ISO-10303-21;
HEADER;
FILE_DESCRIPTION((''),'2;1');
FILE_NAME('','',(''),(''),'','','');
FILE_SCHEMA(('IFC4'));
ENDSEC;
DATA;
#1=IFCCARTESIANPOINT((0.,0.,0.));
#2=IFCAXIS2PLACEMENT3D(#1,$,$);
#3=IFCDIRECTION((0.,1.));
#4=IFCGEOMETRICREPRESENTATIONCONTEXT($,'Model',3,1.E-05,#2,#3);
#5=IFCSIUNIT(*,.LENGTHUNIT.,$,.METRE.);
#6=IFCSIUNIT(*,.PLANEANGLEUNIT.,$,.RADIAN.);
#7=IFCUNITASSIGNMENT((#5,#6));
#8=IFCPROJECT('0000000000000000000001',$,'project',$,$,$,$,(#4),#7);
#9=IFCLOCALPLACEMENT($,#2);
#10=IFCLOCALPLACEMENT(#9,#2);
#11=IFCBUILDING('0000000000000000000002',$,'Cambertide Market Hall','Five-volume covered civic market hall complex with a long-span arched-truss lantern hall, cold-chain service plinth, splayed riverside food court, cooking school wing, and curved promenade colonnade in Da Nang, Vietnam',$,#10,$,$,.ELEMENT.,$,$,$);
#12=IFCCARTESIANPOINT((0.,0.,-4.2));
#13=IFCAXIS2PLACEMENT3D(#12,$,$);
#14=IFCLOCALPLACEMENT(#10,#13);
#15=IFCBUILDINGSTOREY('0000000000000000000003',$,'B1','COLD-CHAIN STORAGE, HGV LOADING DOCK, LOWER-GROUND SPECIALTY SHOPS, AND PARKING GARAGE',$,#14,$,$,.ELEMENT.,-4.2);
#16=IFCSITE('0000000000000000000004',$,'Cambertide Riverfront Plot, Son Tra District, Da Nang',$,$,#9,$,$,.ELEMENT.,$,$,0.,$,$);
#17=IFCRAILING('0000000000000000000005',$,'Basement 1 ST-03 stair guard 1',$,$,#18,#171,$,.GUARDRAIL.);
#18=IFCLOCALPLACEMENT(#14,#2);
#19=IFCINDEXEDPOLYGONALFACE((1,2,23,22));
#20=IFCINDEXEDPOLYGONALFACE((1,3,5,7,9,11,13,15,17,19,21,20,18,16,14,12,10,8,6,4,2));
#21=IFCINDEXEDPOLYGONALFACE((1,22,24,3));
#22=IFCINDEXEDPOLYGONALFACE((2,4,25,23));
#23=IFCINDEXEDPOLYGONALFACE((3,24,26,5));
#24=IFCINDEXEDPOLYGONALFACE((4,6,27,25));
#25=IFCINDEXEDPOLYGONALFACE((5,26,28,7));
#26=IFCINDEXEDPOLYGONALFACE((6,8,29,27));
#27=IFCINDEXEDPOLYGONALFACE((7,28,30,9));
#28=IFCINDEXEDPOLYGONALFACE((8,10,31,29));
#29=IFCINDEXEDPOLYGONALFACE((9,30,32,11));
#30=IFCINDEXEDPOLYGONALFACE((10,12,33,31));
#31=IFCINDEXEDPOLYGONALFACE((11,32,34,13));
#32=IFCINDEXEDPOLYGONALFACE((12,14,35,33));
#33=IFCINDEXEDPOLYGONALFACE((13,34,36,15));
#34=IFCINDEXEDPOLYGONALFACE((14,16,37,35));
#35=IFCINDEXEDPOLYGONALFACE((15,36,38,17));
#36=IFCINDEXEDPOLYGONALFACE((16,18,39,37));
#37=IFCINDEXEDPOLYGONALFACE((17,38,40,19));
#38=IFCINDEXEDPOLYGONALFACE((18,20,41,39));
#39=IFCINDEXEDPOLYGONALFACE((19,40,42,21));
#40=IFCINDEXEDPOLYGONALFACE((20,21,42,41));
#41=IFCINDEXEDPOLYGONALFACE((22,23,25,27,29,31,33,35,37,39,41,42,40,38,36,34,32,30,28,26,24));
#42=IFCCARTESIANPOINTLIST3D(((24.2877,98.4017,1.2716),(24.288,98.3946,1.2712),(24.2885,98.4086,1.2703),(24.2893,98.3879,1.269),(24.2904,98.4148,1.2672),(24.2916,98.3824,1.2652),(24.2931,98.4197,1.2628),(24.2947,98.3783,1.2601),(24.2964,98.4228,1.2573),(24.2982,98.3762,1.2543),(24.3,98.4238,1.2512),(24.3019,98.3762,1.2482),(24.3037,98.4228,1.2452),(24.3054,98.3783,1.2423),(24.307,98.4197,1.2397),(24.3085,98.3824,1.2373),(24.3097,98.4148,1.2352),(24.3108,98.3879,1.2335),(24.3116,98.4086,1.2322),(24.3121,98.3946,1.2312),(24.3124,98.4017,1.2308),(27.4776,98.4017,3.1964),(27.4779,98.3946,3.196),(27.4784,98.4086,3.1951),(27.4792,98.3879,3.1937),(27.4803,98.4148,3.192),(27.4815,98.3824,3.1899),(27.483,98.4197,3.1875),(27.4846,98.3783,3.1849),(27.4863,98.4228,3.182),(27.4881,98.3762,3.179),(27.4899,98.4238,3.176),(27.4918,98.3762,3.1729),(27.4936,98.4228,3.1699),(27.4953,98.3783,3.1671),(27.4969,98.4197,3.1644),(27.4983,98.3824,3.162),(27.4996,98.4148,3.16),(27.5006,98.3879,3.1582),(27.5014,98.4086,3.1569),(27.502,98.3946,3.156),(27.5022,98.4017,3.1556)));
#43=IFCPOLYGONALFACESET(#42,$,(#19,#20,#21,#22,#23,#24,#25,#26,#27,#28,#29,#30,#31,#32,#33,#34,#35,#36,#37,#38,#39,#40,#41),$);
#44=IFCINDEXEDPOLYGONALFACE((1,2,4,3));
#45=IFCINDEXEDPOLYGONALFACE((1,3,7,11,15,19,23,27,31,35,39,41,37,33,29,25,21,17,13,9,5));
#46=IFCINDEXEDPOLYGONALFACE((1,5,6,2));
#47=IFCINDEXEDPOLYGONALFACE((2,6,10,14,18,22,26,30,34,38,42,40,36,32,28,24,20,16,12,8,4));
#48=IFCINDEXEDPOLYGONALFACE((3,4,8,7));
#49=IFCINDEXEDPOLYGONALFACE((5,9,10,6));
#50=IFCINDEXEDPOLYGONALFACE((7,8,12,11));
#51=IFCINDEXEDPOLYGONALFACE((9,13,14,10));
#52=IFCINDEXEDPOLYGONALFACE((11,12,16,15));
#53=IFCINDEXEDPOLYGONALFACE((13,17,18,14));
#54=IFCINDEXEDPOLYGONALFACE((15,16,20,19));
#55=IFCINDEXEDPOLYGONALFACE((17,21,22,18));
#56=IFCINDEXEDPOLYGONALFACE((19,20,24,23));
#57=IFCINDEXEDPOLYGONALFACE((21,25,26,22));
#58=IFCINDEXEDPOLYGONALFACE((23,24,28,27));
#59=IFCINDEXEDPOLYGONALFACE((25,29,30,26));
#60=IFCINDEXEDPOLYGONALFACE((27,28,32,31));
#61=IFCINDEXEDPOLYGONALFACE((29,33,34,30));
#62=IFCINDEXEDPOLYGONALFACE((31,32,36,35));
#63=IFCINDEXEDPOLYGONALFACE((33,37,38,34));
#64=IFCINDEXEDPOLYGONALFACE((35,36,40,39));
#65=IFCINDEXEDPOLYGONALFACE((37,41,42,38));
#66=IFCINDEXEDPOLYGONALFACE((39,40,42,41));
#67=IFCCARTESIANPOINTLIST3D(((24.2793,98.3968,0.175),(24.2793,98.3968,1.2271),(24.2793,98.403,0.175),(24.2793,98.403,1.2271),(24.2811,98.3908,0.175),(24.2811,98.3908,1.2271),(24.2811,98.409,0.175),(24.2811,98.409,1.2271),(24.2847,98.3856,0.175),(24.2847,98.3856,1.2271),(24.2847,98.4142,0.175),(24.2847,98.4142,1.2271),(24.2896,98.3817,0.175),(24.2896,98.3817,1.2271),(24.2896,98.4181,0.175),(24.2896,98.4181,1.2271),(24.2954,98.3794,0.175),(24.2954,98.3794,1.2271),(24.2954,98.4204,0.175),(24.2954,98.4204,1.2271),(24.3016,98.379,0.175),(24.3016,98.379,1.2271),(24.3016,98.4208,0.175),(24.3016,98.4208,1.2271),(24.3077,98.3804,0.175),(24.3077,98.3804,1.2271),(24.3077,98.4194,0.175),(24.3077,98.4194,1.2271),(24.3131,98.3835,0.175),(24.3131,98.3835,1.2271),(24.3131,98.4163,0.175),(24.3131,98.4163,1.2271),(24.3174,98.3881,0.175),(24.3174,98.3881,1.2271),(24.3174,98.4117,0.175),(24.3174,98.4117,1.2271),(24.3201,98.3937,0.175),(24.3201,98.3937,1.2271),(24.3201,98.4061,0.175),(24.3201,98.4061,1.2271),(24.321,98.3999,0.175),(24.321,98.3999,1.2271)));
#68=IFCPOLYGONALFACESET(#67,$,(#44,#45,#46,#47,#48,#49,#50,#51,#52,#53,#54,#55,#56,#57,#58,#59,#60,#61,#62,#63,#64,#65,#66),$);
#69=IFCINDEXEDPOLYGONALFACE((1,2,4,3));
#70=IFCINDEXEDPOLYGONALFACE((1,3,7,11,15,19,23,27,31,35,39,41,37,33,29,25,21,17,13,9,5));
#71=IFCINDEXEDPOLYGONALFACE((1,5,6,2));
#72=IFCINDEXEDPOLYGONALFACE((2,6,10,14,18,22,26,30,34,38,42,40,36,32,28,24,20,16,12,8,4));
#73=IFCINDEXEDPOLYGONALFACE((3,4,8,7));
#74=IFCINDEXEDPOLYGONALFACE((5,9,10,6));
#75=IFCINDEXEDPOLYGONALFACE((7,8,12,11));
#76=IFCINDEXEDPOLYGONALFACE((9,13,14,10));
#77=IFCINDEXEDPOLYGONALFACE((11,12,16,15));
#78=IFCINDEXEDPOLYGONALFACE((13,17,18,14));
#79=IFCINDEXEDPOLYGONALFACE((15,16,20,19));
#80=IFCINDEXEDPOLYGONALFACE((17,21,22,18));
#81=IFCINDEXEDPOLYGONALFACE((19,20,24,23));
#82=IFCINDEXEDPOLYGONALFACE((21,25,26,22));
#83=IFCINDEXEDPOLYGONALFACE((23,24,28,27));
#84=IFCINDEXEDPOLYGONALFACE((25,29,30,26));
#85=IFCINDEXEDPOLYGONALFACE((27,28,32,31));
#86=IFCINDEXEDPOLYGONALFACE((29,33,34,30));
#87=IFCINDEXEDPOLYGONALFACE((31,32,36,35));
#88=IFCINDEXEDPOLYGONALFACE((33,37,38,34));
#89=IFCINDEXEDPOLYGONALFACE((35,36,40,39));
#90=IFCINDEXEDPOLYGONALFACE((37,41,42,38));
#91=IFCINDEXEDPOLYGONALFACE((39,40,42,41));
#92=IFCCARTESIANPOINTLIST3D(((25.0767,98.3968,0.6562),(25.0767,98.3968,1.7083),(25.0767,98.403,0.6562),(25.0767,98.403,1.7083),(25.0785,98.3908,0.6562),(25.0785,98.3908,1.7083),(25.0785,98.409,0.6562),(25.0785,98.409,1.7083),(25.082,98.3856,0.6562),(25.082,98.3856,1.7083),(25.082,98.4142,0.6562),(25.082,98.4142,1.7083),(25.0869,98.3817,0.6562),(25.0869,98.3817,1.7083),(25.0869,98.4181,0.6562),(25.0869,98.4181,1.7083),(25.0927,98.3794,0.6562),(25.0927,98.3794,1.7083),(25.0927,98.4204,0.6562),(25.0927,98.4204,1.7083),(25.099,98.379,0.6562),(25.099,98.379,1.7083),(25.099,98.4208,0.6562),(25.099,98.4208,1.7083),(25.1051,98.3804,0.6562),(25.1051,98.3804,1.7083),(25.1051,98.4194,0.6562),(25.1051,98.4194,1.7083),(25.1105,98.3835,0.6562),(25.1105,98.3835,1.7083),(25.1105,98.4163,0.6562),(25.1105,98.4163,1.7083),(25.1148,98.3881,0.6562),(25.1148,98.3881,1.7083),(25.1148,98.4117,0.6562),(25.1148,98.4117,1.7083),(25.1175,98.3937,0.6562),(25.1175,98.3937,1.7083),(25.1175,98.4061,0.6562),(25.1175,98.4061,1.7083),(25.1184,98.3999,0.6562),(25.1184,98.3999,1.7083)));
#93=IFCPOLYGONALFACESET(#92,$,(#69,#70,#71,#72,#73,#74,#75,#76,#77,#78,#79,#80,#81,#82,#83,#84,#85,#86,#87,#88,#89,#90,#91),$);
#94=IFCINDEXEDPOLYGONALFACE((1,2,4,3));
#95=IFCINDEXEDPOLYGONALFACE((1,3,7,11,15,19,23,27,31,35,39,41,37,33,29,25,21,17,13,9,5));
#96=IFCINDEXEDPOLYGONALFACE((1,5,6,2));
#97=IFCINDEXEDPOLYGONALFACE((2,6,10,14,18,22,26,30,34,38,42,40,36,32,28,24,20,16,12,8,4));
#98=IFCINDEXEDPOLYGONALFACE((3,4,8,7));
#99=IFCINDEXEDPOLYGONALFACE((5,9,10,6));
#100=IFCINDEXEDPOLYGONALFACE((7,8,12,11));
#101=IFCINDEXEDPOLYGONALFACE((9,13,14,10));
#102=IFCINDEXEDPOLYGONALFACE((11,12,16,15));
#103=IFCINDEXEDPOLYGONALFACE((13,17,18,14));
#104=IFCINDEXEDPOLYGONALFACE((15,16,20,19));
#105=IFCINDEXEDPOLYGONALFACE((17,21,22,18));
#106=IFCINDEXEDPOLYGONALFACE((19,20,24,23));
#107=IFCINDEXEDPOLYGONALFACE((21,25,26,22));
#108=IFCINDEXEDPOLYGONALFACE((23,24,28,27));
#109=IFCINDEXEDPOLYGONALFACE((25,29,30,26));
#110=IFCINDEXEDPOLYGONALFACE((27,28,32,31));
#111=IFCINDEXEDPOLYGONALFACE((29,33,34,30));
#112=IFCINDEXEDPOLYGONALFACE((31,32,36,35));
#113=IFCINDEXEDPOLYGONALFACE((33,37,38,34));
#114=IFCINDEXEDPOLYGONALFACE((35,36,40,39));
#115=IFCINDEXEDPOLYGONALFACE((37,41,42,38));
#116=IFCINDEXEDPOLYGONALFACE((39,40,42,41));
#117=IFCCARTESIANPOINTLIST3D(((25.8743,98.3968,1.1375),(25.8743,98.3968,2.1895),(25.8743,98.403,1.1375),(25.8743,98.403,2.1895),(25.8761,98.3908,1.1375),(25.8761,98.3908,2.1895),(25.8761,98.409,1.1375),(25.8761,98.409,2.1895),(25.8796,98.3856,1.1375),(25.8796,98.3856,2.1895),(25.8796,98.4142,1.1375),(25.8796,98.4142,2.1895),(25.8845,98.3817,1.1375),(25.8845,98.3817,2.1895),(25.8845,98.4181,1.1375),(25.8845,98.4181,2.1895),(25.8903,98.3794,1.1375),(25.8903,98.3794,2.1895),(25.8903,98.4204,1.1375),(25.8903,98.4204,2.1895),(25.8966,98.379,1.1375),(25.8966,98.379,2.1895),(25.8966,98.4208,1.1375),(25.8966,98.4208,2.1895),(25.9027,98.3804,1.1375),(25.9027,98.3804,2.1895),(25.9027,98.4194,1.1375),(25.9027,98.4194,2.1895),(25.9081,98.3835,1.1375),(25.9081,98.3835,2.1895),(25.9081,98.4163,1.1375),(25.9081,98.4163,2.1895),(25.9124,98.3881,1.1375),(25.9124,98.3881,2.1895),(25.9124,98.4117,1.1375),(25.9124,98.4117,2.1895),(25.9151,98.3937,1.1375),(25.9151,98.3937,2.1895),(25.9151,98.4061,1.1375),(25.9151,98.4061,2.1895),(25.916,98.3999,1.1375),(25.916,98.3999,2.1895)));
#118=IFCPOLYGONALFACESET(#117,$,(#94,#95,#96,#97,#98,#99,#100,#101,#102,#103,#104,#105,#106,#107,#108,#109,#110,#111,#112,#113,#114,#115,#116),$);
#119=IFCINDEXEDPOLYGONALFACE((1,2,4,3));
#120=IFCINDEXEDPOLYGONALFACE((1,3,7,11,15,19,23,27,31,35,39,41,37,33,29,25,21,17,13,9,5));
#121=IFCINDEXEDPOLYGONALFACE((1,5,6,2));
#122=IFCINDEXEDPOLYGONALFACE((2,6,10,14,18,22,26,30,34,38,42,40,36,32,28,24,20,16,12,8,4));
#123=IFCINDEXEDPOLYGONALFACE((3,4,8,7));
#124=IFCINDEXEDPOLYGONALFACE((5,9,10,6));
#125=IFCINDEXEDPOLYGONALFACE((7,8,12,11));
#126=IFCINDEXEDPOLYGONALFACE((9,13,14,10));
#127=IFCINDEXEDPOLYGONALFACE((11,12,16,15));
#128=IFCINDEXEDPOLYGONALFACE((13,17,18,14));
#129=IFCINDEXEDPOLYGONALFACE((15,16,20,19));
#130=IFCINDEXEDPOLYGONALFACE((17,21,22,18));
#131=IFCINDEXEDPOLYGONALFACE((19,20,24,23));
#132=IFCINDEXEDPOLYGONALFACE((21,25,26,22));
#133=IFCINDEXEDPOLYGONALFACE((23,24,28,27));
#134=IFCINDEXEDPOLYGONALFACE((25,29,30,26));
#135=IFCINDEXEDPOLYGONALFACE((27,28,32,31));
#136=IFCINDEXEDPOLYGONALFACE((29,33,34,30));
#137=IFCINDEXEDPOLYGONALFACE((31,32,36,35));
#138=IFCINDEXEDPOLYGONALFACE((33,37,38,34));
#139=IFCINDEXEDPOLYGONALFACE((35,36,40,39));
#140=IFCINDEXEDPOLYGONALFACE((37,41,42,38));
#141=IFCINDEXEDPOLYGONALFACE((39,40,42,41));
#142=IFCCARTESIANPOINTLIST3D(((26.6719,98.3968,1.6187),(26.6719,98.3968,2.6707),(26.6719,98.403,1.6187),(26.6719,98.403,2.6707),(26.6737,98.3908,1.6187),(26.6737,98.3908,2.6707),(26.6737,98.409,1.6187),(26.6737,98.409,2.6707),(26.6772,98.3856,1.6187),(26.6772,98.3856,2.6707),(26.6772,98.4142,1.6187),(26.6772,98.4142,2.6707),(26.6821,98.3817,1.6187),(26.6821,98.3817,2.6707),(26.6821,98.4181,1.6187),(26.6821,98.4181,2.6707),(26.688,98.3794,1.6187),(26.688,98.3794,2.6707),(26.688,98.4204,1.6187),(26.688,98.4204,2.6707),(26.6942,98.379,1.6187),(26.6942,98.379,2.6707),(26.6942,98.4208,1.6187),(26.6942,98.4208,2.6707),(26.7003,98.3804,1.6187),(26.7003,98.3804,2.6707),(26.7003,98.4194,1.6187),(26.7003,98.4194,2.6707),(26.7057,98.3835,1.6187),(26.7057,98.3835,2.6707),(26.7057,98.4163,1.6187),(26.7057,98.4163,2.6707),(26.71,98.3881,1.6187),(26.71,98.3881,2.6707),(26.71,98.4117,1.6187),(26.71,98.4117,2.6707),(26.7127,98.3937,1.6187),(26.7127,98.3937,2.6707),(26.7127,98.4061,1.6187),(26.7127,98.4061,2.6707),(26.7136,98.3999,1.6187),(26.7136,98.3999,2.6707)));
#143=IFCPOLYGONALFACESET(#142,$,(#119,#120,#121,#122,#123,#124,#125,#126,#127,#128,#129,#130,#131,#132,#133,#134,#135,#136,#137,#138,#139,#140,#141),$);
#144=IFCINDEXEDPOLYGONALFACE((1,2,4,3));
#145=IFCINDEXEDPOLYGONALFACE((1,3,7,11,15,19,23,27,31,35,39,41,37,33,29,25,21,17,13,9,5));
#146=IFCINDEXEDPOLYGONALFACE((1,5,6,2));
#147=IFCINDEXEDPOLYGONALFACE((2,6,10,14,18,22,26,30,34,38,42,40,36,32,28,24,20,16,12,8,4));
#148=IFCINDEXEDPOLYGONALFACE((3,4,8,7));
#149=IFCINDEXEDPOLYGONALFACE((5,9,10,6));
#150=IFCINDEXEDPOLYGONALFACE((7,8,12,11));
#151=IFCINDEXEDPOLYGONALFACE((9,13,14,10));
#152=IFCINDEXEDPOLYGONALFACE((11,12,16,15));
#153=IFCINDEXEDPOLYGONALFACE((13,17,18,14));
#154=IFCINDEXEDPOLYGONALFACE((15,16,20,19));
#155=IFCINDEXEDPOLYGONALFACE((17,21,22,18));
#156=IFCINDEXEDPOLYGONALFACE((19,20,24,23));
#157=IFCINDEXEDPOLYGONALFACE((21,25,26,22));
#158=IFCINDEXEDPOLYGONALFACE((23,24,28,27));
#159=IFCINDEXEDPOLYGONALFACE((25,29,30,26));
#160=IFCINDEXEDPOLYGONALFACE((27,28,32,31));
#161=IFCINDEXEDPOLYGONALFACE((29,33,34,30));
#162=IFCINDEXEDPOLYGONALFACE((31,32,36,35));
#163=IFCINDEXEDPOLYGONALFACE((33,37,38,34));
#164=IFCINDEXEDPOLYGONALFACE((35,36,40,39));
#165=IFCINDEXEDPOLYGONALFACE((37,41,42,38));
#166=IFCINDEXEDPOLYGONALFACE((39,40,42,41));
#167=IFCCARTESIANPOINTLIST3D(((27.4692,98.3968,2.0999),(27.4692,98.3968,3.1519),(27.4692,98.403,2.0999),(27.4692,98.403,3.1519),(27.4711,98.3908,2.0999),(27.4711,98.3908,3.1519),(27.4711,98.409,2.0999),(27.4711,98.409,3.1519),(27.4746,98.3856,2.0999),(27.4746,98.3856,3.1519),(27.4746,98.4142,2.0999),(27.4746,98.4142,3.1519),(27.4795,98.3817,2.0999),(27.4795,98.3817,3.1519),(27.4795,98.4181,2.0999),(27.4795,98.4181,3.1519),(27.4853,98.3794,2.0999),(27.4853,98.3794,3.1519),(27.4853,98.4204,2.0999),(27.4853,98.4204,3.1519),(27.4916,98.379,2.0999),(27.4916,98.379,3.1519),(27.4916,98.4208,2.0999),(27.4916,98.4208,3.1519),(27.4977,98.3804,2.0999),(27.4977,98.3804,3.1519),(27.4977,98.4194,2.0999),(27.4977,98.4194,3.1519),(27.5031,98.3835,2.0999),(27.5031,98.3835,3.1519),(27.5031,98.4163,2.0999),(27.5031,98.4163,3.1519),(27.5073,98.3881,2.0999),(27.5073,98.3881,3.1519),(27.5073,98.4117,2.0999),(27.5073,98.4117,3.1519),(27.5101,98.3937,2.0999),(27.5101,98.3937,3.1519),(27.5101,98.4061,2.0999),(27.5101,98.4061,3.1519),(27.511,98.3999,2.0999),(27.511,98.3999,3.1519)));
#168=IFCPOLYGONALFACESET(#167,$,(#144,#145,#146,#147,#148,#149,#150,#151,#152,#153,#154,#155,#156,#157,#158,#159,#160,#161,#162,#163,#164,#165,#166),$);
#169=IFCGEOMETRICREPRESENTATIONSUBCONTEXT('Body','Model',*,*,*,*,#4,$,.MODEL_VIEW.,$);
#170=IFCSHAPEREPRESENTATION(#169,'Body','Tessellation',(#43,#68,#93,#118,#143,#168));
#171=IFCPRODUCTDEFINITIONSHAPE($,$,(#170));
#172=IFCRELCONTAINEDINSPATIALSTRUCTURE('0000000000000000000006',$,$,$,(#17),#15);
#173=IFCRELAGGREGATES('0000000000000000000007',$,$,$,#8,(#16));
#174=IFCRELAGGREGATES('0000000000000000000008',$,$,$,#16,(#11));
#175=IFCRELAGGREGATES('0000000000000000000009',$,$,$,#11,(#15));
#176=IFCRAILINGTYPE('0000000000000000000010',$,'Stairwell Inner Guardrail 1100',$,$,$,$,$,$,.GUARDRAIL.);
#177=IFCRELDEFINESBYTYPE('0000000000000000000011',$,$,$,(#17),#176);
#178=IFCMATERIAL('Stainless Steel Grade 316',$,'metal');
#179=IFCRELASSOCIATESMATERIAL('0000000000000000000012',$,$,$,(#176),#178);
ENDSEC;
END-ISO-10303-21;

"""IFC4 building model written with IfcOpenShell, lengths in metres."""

from ifc_helpers import new_model, si_unit, direction, frame, origin, origin_2d, place, context, subcontext, project, spatial, circle, extrude, material, type_object, element, save


model = new_model("IFC4")

# Units and contexts
model_context = context("Model", 3, precision=1e-05, world=origin(), true_north=direction((0.0, 1.0)))
body_context = subcontext(model_context, "Body", "Model", "MODEL_VIEW")
ifc_project = project(units=[si_unit("LENGTHUNIT", "METRE"), si_unit("PLANEANGLEUNIT", "RADIAN")], contexts=[model_context])

# Site, building, storey
site_placement = place(None, origin())
site = spatial("IfcSite", under=ifc_project, at=site_placement, Name="Cambertide Riverfront Plot, Son Tra District, Da Nang", CompositionType="ELEMENT", RefElevation=0.0)
building_placement = place(site_placement, origin())
building = spatial("IfcBuilding", under=site, at=building_placement, Name="Cambertide Market Hall", Description="Five-volume covered civic market hall complex with a long-span arched-truss lantern hall, cold-chain service plinth, splayed riverside food court, cooking school wing, and curved promenade colonnade in Da Nang, Vietnam", CompositionType="ELEMENT")
storey_placement = place(building_placement, frame((0.0, 0.0, -4.2)))
storey = spatial("IfcBuildingStorey", under=building, at=storey_placement, Name="B1", Description="COLD-CHAIN STORAGE, HGV LOADING DOCK, LOWER-GROUND SPECIALTY SHOPS, AND PARKING GARAGE", CompositionType="ELEMENT", Elevation=-4.2)

# Railing
ifc_material_1 = material(Name="Stainless Steel Grade 316", Category="metal")
railing_type_1 = type_object("IfcRailingType", Name="Stairwell Inner Guardrail 1100", PredefinedType="GUARDRAIL", material=ifc_material_1)
railing_1_placement = place(storey_placement, frame((24.3, 98.3999, 0.175)))
element("IfcRailing", 1, at=railing_1_placement, inside=storey, type_object=railing_type_1, Name="Basement 1 ST-03 stair guard 1", PredefinedType="GUARDRAIL", context=body_context, shape_type="SweptSolid", body=[
    extrude(circle(Radius=0.0239, at=origin_2d()), frame((0.0, 0.0, 1.0762), z_axis=(0.856207, 0.0, 0.516633), x_axis=(0.0, 1.0, 0.0)), (0.0, 0.0, 1.0), 3.7256),
    extrude(circle(Radius=0.021, at=origin_2d()), origin(), (0.0, 0.0, 1.0), 1.052),
    extrude(circle(Radius=0.021, at=origin_2d()), frame((0.7974, 0.0, 0.4812)), (0.0, 0.0, 1.0), 1.052),
    extrude(circle(Radius=0.021, at=origin_2d()), frame((1.595, 0.0, 0.9624)), (0.0, 0.0, 1.0), 1.052),
    extrude(circle(Radius=0.021, at=origin_2d()), frame((2.3926, 0.0, 1.4436)), (0.0, 0.0, 1.0), 1.052),
    extrude(circle(Radius=0.021, at=origin_2d()), frame((3.1899, 0.0, 1.9248)), (0.0, 0.0, 1.0), 1.052),
])

save(model, "model.ifc")
